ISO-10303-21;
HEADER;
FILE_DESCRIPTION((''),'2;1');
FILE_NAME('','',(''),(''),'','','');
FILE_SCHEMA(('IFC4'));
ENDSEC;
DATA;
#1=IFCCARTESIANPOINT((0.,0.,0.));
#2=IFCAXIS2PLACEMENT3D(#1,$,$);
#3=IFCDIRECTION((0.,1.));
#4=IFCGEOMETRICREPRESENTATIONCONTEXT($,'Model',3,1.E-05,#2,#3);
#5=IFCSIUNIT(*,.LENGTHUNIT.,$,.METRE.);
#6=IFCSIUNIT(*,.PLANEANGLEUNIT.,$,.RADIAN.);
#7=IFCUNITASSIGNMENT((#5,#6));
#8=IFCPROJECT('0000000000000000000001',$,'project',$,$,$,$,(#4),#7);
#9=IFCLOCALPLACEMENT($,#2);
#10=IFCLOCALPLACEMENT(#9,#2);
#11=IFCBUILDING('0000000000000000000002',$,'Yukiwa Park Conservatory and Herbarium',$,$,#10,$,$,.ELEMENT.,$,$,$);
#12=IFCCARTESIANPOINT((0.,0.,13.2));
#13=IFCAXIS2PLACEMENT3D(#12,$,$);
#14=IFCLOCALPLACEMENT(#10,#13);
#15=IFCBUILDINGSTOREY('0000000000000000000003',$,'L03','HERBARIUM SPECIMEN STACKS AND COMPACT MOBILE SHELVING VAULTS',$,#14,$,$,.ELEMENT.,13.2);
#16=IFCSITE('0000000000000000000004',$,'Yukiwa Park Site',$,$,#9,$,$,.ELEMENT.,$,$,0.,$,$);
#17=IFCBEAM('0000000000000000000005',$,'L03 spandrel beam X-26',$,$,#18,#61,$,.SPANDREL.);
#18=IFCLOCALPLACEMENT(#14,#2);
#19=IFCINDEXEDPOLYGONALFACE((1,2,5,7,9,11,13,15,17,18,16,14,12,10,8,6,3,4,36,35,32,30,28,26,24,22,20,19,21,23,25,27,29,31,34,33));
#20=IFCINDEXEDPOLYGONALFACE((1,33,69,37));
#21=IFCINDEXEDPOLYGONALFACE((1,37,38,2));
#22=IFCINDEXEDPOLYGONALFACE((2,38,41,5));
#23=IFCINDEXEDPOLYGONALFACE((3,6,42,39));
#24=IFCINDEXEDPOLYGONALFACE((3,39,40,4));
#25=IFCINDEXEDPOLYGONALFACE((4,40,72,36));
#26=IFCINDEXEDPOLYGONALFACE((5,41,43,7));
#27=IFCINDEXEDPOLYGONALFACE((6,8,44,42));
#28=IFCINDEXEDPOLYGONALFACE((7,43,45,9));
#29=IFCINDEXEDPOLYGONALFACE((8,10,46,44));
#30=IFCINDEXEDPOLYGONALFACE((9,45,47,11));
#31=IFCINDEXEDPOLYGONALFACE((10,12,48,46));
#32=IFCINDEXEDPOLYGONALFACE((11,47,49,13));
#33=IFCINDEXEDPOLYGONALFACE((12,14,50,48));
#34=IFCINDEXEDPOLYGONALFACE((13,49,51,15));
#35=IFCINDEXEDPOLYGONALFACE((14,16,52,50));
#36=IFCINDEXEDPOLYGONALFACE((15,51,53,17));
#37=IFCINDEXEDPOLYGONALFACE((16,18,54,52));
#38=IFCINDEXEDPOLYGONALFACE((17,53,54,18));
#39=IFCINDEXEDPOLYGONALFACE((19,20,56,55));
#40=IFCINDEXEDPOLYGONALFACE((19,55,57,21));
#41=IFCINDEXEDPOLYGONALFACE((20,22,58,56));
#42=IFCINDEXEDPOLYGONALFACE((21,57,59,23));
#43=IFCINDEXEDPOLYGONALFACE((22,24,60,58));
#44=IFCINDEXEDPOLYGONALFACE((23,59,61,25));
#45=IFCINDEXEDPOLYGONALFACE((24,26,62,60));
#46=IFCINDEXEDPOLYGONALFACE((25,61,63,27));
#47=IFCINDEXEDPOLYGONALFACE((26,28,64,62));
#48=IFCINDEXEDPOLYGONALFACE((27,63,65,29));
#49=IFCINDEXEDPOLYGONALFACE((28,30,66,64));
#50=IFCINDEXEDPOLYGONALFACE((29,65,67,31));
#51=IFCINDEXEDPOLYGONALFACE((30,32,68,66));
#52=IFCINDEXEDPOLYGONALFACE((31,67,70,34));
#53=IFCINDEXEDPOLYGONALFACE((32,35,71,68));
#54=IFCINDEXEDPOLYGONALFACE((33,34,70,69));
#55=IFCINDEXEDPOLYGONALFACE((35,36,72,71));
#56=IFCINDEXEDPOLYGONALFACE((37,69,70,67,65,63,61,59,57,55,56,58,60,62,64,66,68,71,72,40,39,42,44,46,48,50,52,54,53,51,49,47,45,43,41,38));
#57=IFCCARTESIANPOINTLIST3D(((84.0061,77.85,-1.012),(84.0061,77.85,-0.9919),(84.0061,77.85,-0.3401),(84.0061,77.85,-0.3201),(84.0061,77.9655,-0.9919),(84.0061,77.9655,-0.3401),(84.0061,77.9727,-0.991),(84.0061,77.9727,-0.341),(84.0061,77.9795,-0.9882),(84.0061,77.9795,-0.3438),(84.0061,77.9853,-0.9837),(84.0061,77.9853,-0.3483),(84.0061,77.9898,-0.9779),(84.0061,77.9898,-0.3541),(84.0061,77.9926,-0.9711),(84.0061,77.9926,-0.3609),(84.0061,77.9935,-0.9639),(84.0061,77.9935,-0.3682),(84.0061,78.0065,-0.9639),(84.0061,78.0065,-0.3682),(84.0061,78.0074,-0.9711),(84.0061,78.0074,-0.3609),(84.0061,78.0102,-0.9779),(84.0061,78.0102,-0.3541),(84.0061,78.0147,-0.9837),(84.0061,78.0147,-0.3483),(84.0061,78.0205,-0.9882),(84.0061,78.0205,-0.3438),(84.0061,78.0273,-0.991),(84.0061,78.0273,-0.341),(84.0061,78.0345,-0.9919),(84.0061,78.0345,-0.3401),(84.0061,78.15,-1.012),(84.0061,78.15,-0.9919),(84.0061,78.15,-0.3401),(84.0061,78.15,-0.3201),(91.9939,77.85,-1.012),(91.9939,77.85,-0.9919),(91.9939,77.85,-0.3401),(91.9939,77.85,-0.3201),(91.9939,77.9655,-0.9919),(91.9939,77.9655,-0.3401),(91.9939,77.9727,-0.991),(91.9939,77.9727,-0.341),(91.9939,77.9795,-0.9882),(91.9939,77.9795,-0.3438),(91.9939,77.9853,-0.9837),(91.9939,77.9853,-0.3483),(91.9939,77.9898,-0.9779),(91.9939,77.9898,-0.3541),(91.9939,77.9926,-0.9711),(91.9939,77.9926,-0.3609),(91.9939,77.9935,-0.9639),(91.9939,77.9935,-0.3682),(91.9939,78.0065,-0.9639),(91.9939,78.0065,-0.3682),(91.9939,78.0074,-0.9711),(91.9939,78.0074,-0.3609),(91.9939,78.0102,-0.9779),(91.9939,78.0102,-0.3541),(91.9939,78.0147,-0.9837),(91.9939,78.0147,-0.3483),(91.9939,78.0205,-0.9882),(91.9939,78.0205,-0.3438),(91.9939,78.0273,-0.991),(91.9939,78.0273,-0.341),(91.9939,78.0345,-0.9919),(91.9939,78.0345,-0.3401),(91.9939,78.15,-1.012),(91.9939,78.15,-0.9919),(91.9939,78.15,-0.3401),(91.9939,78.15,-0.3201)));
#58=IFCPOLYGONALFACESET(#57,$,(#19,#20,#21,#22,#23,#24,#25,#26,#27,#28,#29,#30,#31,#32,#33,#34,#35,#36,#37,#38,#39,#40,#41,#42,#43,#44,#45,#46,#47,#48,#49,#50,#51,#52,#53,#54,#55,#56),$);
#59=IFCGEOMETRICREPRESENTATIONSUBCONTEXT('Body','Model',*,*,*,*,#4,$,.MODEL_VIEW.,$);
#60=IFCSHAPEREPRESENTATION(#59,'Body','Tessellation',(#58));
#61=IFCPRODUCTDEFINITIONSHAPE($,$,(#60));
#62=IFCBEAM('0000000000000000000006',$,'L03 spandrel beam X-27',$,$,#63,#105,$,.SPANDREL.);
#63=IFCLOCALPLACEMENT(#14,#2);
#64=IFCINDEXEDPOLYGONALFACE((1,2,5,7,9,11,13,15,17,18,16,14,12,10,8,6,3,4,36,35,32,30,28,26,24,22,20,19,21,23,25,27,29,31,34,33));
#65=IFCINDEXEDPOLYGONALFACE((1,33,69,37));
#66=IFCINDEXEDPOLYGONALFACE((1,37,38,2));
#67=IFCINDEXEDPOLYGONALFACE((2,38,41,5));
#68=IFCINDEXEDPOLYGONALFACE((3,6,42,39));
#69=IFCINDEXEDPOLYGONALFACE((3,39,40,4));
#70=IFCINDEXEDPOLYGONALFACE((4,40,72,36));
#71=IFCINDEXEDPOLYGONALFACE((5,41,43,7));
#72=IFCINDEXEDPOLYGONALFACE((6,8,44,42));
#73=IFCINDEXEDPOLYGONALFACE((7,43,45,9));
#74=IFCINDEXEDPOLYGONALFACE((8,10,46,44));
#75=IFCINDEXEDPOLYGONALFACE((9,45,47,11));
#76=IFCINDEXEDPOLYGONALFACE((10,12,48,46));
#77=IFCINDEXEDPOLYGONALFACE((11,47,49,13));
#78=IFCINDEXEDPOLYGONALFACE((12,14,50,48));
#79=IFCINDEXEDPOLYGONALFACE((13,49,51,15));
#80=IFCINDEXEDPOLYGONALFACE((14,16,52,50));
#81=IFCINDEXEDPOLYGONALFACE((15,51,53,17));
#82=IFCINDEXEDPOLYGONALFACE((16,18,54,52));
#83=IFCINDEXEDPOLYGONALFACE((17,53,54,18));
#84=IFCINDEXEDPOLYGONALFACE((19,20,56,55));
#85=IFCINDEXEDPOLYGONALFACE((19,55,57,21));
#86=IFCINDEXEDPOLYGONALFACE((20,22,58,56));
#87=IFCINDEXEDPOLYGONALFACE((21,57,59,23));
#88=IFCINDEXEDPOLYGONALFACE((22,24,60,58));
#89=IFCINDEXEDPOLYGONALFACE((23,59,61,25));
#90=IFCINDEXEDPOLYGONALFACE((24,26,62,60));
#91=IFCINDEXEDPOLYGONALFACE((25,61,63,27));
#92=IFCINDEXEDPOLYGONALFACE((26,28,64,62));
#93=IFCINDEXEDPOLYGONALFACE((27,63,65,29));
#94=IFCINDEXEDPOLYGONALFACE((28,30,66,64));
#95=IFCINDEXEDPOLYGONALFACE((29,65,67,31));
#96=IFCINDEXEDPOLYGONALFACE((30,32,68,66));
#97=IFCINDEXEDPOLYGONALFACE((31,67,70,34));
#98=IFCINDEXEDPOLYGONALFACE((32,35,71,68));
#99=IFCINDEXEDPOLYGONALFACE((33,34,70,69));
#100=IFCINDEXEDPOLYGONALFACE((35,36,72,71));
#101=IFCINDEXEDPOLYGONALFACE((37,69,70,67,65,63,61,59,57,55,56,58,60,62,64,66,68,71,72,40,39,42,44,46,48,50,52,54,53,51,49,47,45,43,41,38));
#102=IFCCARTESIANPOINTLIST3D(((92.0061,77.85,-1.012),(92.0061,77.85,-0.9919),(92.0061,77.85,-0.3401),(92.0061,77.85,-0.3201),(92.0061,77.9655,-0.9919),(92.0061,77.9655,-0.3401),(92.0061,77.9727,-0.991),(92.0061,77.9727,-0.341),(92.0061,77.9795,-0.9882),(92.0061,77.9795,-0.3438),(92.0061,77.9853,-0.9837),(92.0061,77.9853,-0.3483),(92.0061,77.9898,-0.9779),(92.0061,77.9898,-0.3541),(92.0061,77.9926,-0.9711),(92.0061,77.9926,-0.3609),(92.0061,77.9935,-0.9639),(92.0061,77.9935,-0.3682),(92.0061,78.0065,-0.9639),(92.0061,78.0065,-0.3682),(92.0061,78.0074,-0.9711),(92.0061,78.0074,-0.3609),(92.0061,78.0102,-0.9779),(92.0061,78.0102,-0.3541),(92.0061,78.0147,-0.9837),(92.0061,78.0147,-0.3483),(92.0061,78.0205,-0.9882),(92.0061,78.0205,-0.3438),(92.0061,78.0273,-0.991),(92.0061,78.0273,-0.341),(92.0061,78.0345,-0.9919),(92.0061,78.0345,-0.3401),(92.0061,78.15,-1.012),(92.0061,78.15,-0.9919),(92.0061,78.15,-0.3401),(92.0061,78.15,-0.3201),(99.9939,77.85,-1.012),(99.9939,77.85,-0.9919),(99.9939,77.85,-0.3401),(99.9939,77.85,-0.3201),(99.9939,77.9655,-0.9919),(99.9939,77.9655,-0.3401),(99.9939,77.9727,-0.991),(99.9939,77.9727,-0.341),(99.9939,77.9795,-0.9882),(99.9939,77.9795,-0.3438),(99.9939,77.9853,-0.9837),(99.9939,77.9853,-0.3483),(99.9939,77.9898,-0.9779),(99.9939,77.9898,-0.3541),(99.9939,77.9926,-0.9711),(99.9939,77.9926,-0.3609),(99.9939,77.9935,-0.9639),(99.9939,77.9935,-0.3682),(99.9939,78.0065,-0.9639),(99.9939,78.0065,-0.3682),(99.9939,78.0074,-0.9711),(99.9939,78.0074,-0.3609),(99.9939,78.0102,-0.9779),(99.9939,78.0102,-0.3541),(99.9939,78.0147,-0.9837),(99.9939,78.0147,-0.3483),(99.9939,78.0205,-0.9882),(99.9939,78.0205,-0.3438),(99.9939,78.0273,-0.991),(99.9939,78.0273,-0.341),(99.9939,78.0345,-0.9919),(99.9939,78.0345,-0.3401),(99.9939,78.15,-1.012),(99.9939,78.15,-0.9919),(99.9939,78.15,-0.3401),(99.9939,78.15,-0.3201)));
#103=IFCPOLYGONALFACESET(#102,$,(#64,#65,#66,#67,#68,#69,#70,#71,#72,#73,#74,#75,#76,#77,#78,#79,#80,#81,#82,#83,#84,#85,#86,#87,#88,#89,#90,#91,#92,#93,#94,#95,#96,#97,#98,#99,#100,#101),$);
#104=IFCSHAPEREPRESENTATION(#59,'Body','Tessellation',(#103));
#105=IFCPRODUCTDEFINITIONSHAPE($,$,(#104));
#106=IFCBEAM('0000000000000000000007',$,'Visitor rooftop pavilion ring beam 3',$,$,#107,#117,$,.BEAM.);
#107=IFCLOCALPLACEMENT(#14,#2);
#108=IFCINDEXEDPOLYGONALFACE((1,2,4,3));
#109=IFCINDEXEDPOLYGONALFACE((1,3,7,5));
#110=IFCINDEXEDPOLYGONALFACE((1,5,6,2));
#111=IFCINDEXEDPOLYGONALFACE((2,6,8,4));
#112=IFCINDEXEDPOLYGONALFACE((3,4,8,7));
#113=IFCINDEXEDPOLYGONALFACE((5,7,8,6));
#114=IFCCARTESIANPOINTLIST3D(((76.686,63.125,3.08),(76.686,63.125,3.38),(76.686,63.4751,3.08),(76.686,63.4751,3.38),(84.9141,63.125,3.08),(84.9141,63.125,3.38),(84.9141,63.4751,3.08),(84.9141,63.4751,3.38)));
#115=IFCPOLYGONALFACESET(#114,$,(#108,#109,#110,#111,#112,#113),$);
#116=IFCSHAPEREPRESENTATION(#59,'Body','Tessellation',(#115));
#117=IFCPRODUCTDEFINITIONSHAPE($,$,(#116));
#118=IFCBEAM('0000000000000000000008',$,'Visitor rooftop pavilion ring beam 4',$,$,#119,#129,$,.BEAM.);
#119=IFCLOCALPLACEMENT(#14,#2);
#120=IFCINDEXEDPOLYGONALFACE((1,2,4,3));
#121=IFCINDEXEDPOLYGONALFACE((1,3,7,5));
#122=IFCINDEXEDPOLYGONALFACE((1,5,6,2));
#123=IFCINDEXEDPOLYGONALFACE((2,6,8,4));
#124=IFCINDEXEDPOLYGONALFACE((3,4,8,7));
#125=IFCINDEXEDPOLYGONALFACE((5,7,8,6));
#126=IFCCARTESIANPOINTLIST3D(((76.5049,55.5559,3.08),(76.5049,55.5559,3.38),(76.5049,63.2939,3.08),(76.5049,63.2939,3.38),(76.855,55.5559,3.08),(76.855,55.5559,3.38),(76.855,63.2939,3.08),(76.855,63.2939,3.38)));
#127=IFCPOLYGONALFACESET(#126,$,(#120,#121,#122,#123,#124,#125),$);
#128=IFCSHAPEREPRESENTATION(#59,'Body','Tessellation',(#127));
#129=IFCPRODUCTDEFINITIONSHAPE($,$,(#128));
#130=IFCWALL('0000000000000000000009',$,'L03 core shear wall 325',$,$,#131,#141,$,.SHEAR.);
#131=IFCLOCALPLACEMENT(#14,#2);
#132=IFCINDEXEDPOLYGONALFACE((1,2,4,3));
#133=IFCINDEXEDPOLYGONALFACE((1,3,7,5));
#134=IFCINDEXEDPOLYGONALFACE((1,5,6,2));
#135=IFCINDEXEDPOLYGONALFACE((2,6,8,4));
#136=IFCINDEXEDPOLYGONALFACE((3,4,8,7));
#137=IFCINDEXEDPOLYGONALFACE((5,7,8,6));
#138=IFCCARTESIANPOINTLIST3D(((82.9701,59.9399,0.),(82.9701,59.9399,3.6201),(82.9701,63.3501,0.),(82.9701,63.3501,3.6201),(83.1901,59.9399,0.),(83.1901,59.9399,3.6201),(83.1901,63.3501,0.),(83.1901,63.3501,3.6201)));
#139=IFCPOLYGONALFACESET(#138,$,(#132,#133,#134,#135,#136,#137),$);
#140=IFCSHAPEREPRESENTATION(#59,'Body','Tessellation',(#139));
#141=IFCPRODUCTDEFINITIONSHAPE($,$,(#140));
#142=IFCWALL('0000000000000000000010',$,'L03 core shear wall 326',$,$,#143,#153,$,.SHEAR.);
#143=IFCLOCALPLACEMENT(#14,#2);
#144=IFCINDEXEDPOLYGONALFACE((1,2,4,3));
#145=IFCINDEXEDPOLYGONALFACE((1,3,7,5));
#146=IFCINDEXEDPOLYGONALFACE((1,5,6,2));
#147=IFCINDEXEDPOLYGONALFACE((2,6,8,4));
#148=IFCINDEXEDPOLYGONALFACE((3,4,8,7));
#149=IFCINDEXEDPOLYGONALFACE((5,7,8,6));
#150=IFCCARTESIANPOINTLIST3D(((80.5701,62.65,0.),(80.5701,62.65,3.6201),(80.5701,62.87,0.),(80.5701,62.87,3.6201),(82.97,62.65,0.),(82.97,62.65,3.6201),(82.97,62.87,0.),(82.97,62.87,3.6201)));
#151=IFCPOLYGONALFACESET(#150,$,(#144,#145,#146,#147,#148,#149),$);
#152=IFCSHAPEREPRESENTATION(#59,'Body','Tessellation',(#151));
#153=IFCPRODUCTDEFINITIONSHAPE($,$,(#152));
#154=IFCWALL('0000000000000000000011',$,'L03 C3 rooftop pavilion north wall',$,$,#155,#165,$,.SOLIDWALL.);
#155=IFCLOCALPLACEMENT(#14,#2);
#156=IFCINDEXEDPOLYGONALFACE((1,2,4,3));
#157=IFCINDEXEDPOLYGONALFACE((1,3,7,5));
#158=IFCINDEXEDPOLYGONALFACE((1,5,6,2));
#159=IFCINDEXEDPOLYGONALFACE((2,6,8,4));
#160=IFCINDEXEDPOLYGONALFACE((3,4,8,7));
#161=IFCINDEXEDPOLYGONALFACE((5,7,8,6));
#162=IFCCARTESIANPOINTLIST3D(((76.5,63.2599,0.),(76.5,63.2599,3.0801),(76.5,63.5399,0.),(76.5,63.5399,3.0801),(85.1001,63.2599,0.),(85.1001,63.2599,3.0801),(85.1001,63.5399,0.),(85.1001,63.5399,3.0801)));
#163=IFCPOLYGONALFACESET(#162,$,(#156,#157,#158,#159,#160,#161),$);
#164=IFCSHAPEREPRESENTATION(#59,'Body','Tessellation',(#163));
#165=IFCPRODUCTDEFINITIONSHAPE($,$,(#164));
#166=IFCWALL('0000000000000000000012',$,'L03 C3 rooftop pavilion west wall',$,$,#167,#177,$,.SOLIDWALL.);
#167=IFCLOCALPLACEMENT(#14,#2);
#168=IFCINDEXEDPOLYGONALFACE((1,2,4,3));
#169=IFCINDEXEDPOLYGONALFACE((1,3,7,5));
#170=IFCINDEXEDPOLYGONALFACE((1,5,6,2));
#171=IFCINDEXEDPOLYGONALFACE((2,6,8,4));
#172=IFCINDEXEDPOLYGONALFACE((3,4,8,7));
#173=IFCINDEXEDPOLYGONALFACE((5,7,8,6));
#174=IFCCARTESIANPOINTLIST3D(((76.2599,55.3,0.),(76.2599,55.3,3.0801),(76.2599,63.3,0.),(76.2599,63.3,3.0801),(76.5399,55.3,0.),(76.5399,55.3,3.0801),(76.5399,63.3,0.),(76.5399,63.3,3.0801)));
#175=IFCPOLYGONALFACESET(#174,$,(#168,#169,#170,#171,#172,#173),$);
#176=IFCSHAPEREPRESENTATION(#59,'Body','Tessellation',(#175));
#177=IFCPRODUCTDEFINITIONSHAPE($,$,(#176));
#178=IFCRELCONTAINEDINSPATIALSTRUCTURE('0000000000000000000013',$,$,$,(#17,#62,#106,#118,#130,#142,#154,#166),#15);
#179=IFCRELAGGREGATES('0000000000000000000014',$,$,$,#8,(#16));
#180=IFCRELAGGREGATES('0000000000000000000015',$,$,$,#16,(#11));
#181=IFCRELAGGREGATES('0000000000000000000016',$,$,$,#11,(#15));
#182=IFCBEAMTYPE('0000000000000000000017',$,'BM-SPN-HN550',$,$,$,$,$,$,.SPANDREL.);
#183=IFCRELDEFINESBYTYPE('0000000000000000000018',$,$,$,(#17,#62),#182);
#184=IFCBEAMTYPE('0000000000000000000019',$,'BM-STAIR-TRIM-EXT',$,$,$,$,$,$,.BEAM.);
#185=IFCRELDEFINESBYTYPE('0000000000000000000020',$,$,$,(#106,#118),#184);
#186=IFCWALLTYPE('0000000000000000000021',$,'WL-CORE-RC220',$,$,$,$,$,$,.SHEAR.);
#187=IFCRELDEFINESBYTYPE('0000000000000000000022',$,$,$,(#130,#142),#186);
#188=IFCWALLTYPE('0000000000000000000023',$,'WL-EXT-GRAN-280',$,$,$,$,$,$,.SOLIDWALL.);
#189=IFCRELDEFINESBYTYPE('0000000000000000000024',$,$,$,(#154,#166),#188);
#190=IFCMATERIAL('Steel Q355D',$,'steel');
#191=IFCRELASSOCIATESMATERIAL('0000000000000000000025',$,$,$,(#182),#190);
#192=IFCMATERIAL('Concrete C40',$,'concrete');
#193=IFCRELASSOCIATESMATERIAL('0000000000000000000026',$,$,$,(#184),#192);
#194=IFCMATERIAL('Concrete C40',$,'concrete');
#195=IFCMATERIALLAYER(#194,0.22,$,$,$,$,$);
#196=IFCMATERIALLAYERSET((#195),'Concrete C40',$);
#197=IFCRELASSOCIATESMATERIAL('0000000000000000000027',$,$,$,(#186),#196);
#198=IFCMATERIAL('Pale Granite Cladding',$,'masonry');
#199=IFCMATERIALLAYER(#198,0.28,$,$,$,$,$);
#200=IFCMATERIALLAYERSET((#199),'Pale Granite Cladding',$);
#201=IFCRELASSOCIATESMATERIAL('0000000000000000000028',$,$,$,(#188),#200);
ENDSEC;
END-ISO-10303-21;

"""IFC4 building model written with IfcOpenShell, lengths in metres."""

from ifc_helpers import new_model, si_unit, direction, frame, frame_2d, origin, origin_2d, place, context, subcontext, project, spatial, rectangle, i_section, extrude, material, layer, layer_set, material_profile, profile_set, type_object, element, save


model = new_model("IFC4")

# Units and contexts
model_context = context("Model", 3, precision=1e-05, world=origin(), true_north=direction((0.0, 1.0)))
body_context = subcontext(model_context, "Body", "Model", "MODEL_VIEW")
ifc_project = project(units=[si_unit("LENGTHUNIT", "METRE"), si_unit("PLANEANGLEUNIT", "RADIAN")], contexts=[model_context])

# Site, building, storey
site_placement = place(None, origin())
site = spatial("IfcSite", under=ifc_project, at=site_placement, Name="Yukiwa Park Site", CompositionType="ELEMENT", RefElevation=0.0)
building_placement = place(site_placement, origin())
building = spatial("IfcBuilding", under=site, at=building_placement, Name="Yukiwa Park Conservatory and Herbarium", CompositionType="ELEMENT")
storey_placement = place(building_placement, frame((0.0, 0.0, 13.2)))
storey = spatial("IfcBuildingStorey", under=building, at=storey_placement, Name="L03", Description="HERBARIUM SPECIMEN STACKS AND COMPACT MOBILE SHELVING VAULTS", CompositionType="ELEMENT", Elevation=13.2)

# Beams
ifc_material_1 = material(Name="Steel Q355D", Category="steel")
ifc_material_profile_1 = material_profile(ifc_material_1, i_section(OverallWidth=0.3, OverallDepth=0.6919, WebThickness=0.0129, FlangeThickness=0.02, FilletRadius=0.0281, at=origin_2d()), Name="HN 692x300x13x20")
ifc_profile_set_1 = profile_set([ifc_material_profile_1], Name="Steel Q355D")
beam_type_1 = type_object("IfcBeamType", Name="BM-SPN-HN550", PredefinedType="SPANDREL", material=ifc_profile_set_1)
for number, where, z_axis, x_axis, name in (
    (1, (84.0061, 78.0, -0.666), (1.0, 0.0, 0.0), (0.0, 1.0, 0.0), "L03 spandrel beam X-26"),
    (2, (92.0061, 78.0, -0.666), (1.0, 0.0, 0.0), (0.0, 1.0, 0.0), "L03 spandrel beam X-27"),
):
    element("IfcBeam", number, at=place(storey_placement, frame(where, z_axis=z_axis, x_axis=x_axis)), inside=storey, type_object=beam_type_1, Name=name, PredefinedType="SPANDREL", context=body_context, shape_type="SweptSolid", body=[
        extrude(i_section(OverallWidth=0.3, OverallDepth=0.6919, WebThickness=0.0129, FlangeThickness=0.02, FilletRadius=0.0281, at=origin_2d()), origin(), (0.0, 0.0, 1.0), 7.9878),
    ])
ifc_material_2 = material(Name="Concrete C40", Category="concrete")
ifc_material_profile_2 = material_profile(ifc_material_2, rectangle(XDim=0.3501, YDim=0.3, at=origin_2d()), Name="RC 350x300")
ifc_profile_set_2 = profile_set([ifc_material_profile_2], Name="Concrete C40")
beam_type_2 = type_object("IfcBeamType", Name="BM-STAIR-TRIM-EXT", PredefinedType="BEAM", material=ifc_profile_set_2)
beam_1_placement = place(storey_placement, frame((84.9141, 63.3, 3.23), z_axis=(-1.0, 0.0, 0.0), x_axis=(0.0, -1.0, 0.0)))
element("IfcBeam", 3, at=beam_1_placement, inside=storey, type_object=beam_type_2, Name="Visitor rooftop pavilion ring beam 3", PredefinedType="BEAM", context=body_context, shape_type="SweptSolid", body=[
    extrude(rectangle(XDim=0.3501, YDim=0.3, at=origin_2d()), origin(), (0.0, 0.0, 1.0), 8.228),
])
beam_2_placement = place(storey_placement, frame((76.6799, 63.2939, 3.23), z_axis=(0.0, -1.0, 0.0), x_axis=(1.0, 0.0, 0.0)))
element("IfcBeam", 4, at=beam_2_placement, inside=storey, type_object=beam_type_2, Name="Visitor rooftop pavilion ring beam 4", PredefinedType="BEAM", context=body_context, shape_type="SweptSolid", body=[
    extrude(rectangle(XDim=0.3501, YDim=0.3, at=origin_2d()), origin(), (0.0, 0.0, 1.0), 7.738),
])

# Shared definitions
ifc_material_3 = material(Name="Concrete C40", Category="concrete")
ifc_layer_1 = layer(ifc_material_3, 0.22)
ifc_layer_set_1 = layer_set([ifc_layer_1], Name="Concrete C40")
wall_type_1 = type_object("IfcWallType", Name="WL-CORE-RC220", PredefinedType="SHEAR", material=ifc_layer_set_1)

# Walls
wall_1_placement = place(storey_placement, frame((83.0801, 59.9399, 0.0), z_axis=(0.0, 0.0, 1.0), x_axis=(0.0, 1.0, 0.0)))
element("IfcWall", 5, at=wall_1_placement, inside=storey, type_object=wall_type_1, Name="L03 core shear wall 325", PredefinedType="SHEAR", context=body_context, shape_type="SweptSolid", body=[
    extrude(rectangle(XDim=3.4102, YDim=0.22, at=frame_2d((1.7051, 0.0))), origin(), (0.0, 0.0, 1.0), 3.6201),
])
wall_2_placement = place(storey_placement, frame((80.5701, 62.76, 0.0), z_axis=(0.0, 0.0, 1.0), x_axis=(1.0, 0.0, 0.0)))
element("IfcWall", 6, at=wall_2_placement, inside=storey, type_object=wall_type_1, Name="L03 core shear wall 326", PredefinedType="SHEAR", context=body_context, shape_type="SweptSolid", body=[
    extrude(rectangle(XDim=2.3999, YDim=0.22, at=frame_2d((1.2, 0.0))), origin(), (0.0, 0.0, 1.0), 3.6201),
])
ifc_material_4 = material(Name="Pale Granite Cladding", Category="masonry")
ifc_layer_2 = layer(ifc_material_4, 0.28)
ifc_layer_set_2 = layer_set([ifc_layer_2], Name="Pale Granite Cladding")
wall_type_2 = type_object("IfcWallType", Name="WL-EXT-GRAN-280", PredefinedType="SOLIDWALL", material=ifc_layer_set_2)
wall_3_placement = place(storey_placement, frame((85.1001, 63.3999, 0.0), z_axis=(0.0, 0.0, 1.0), x_axis=(-1.0, 0.0, 0.0)))
element("IfcWall", 7, at=wall_3_placement, inside=storey, type_object=wall_type_2, Name="L03 C3 rooftop pavilion north wall", PredefinedType="SOLIDWALL", context=body_context, shape_type="SweptSolid", body=[
    extrude(rectangle(XDim=8.6001, YDim=0.28, at=frame_2d((4.3, 0.0))), origin(), (0.0, 0.0, 1.0), 3.0801),
])
wall_4_placement = place(storey_placement, frame((76.3999, 63.3, 0.0), z_axis=(0.0, 0.0, 1.0), x_axis=(0.0, -1.0, 0.0)))
element("IfcWall", 8, at=wall_4_placement, inside=storey, type_object=wall_type_2, Name="L03 C3 rooftop pavilion west wall", PredefinedType="SOLIDWALL", context=body_context, shape_type="SweptSolid", body=[
    extrude(rectangle(XDim=8.0, YDim=0.28, at=frame_2d((4.0, 0.0))), origin(), (0.0, 0.0, 1.0), 3.0801),
])

save(model, "model.ifc")
